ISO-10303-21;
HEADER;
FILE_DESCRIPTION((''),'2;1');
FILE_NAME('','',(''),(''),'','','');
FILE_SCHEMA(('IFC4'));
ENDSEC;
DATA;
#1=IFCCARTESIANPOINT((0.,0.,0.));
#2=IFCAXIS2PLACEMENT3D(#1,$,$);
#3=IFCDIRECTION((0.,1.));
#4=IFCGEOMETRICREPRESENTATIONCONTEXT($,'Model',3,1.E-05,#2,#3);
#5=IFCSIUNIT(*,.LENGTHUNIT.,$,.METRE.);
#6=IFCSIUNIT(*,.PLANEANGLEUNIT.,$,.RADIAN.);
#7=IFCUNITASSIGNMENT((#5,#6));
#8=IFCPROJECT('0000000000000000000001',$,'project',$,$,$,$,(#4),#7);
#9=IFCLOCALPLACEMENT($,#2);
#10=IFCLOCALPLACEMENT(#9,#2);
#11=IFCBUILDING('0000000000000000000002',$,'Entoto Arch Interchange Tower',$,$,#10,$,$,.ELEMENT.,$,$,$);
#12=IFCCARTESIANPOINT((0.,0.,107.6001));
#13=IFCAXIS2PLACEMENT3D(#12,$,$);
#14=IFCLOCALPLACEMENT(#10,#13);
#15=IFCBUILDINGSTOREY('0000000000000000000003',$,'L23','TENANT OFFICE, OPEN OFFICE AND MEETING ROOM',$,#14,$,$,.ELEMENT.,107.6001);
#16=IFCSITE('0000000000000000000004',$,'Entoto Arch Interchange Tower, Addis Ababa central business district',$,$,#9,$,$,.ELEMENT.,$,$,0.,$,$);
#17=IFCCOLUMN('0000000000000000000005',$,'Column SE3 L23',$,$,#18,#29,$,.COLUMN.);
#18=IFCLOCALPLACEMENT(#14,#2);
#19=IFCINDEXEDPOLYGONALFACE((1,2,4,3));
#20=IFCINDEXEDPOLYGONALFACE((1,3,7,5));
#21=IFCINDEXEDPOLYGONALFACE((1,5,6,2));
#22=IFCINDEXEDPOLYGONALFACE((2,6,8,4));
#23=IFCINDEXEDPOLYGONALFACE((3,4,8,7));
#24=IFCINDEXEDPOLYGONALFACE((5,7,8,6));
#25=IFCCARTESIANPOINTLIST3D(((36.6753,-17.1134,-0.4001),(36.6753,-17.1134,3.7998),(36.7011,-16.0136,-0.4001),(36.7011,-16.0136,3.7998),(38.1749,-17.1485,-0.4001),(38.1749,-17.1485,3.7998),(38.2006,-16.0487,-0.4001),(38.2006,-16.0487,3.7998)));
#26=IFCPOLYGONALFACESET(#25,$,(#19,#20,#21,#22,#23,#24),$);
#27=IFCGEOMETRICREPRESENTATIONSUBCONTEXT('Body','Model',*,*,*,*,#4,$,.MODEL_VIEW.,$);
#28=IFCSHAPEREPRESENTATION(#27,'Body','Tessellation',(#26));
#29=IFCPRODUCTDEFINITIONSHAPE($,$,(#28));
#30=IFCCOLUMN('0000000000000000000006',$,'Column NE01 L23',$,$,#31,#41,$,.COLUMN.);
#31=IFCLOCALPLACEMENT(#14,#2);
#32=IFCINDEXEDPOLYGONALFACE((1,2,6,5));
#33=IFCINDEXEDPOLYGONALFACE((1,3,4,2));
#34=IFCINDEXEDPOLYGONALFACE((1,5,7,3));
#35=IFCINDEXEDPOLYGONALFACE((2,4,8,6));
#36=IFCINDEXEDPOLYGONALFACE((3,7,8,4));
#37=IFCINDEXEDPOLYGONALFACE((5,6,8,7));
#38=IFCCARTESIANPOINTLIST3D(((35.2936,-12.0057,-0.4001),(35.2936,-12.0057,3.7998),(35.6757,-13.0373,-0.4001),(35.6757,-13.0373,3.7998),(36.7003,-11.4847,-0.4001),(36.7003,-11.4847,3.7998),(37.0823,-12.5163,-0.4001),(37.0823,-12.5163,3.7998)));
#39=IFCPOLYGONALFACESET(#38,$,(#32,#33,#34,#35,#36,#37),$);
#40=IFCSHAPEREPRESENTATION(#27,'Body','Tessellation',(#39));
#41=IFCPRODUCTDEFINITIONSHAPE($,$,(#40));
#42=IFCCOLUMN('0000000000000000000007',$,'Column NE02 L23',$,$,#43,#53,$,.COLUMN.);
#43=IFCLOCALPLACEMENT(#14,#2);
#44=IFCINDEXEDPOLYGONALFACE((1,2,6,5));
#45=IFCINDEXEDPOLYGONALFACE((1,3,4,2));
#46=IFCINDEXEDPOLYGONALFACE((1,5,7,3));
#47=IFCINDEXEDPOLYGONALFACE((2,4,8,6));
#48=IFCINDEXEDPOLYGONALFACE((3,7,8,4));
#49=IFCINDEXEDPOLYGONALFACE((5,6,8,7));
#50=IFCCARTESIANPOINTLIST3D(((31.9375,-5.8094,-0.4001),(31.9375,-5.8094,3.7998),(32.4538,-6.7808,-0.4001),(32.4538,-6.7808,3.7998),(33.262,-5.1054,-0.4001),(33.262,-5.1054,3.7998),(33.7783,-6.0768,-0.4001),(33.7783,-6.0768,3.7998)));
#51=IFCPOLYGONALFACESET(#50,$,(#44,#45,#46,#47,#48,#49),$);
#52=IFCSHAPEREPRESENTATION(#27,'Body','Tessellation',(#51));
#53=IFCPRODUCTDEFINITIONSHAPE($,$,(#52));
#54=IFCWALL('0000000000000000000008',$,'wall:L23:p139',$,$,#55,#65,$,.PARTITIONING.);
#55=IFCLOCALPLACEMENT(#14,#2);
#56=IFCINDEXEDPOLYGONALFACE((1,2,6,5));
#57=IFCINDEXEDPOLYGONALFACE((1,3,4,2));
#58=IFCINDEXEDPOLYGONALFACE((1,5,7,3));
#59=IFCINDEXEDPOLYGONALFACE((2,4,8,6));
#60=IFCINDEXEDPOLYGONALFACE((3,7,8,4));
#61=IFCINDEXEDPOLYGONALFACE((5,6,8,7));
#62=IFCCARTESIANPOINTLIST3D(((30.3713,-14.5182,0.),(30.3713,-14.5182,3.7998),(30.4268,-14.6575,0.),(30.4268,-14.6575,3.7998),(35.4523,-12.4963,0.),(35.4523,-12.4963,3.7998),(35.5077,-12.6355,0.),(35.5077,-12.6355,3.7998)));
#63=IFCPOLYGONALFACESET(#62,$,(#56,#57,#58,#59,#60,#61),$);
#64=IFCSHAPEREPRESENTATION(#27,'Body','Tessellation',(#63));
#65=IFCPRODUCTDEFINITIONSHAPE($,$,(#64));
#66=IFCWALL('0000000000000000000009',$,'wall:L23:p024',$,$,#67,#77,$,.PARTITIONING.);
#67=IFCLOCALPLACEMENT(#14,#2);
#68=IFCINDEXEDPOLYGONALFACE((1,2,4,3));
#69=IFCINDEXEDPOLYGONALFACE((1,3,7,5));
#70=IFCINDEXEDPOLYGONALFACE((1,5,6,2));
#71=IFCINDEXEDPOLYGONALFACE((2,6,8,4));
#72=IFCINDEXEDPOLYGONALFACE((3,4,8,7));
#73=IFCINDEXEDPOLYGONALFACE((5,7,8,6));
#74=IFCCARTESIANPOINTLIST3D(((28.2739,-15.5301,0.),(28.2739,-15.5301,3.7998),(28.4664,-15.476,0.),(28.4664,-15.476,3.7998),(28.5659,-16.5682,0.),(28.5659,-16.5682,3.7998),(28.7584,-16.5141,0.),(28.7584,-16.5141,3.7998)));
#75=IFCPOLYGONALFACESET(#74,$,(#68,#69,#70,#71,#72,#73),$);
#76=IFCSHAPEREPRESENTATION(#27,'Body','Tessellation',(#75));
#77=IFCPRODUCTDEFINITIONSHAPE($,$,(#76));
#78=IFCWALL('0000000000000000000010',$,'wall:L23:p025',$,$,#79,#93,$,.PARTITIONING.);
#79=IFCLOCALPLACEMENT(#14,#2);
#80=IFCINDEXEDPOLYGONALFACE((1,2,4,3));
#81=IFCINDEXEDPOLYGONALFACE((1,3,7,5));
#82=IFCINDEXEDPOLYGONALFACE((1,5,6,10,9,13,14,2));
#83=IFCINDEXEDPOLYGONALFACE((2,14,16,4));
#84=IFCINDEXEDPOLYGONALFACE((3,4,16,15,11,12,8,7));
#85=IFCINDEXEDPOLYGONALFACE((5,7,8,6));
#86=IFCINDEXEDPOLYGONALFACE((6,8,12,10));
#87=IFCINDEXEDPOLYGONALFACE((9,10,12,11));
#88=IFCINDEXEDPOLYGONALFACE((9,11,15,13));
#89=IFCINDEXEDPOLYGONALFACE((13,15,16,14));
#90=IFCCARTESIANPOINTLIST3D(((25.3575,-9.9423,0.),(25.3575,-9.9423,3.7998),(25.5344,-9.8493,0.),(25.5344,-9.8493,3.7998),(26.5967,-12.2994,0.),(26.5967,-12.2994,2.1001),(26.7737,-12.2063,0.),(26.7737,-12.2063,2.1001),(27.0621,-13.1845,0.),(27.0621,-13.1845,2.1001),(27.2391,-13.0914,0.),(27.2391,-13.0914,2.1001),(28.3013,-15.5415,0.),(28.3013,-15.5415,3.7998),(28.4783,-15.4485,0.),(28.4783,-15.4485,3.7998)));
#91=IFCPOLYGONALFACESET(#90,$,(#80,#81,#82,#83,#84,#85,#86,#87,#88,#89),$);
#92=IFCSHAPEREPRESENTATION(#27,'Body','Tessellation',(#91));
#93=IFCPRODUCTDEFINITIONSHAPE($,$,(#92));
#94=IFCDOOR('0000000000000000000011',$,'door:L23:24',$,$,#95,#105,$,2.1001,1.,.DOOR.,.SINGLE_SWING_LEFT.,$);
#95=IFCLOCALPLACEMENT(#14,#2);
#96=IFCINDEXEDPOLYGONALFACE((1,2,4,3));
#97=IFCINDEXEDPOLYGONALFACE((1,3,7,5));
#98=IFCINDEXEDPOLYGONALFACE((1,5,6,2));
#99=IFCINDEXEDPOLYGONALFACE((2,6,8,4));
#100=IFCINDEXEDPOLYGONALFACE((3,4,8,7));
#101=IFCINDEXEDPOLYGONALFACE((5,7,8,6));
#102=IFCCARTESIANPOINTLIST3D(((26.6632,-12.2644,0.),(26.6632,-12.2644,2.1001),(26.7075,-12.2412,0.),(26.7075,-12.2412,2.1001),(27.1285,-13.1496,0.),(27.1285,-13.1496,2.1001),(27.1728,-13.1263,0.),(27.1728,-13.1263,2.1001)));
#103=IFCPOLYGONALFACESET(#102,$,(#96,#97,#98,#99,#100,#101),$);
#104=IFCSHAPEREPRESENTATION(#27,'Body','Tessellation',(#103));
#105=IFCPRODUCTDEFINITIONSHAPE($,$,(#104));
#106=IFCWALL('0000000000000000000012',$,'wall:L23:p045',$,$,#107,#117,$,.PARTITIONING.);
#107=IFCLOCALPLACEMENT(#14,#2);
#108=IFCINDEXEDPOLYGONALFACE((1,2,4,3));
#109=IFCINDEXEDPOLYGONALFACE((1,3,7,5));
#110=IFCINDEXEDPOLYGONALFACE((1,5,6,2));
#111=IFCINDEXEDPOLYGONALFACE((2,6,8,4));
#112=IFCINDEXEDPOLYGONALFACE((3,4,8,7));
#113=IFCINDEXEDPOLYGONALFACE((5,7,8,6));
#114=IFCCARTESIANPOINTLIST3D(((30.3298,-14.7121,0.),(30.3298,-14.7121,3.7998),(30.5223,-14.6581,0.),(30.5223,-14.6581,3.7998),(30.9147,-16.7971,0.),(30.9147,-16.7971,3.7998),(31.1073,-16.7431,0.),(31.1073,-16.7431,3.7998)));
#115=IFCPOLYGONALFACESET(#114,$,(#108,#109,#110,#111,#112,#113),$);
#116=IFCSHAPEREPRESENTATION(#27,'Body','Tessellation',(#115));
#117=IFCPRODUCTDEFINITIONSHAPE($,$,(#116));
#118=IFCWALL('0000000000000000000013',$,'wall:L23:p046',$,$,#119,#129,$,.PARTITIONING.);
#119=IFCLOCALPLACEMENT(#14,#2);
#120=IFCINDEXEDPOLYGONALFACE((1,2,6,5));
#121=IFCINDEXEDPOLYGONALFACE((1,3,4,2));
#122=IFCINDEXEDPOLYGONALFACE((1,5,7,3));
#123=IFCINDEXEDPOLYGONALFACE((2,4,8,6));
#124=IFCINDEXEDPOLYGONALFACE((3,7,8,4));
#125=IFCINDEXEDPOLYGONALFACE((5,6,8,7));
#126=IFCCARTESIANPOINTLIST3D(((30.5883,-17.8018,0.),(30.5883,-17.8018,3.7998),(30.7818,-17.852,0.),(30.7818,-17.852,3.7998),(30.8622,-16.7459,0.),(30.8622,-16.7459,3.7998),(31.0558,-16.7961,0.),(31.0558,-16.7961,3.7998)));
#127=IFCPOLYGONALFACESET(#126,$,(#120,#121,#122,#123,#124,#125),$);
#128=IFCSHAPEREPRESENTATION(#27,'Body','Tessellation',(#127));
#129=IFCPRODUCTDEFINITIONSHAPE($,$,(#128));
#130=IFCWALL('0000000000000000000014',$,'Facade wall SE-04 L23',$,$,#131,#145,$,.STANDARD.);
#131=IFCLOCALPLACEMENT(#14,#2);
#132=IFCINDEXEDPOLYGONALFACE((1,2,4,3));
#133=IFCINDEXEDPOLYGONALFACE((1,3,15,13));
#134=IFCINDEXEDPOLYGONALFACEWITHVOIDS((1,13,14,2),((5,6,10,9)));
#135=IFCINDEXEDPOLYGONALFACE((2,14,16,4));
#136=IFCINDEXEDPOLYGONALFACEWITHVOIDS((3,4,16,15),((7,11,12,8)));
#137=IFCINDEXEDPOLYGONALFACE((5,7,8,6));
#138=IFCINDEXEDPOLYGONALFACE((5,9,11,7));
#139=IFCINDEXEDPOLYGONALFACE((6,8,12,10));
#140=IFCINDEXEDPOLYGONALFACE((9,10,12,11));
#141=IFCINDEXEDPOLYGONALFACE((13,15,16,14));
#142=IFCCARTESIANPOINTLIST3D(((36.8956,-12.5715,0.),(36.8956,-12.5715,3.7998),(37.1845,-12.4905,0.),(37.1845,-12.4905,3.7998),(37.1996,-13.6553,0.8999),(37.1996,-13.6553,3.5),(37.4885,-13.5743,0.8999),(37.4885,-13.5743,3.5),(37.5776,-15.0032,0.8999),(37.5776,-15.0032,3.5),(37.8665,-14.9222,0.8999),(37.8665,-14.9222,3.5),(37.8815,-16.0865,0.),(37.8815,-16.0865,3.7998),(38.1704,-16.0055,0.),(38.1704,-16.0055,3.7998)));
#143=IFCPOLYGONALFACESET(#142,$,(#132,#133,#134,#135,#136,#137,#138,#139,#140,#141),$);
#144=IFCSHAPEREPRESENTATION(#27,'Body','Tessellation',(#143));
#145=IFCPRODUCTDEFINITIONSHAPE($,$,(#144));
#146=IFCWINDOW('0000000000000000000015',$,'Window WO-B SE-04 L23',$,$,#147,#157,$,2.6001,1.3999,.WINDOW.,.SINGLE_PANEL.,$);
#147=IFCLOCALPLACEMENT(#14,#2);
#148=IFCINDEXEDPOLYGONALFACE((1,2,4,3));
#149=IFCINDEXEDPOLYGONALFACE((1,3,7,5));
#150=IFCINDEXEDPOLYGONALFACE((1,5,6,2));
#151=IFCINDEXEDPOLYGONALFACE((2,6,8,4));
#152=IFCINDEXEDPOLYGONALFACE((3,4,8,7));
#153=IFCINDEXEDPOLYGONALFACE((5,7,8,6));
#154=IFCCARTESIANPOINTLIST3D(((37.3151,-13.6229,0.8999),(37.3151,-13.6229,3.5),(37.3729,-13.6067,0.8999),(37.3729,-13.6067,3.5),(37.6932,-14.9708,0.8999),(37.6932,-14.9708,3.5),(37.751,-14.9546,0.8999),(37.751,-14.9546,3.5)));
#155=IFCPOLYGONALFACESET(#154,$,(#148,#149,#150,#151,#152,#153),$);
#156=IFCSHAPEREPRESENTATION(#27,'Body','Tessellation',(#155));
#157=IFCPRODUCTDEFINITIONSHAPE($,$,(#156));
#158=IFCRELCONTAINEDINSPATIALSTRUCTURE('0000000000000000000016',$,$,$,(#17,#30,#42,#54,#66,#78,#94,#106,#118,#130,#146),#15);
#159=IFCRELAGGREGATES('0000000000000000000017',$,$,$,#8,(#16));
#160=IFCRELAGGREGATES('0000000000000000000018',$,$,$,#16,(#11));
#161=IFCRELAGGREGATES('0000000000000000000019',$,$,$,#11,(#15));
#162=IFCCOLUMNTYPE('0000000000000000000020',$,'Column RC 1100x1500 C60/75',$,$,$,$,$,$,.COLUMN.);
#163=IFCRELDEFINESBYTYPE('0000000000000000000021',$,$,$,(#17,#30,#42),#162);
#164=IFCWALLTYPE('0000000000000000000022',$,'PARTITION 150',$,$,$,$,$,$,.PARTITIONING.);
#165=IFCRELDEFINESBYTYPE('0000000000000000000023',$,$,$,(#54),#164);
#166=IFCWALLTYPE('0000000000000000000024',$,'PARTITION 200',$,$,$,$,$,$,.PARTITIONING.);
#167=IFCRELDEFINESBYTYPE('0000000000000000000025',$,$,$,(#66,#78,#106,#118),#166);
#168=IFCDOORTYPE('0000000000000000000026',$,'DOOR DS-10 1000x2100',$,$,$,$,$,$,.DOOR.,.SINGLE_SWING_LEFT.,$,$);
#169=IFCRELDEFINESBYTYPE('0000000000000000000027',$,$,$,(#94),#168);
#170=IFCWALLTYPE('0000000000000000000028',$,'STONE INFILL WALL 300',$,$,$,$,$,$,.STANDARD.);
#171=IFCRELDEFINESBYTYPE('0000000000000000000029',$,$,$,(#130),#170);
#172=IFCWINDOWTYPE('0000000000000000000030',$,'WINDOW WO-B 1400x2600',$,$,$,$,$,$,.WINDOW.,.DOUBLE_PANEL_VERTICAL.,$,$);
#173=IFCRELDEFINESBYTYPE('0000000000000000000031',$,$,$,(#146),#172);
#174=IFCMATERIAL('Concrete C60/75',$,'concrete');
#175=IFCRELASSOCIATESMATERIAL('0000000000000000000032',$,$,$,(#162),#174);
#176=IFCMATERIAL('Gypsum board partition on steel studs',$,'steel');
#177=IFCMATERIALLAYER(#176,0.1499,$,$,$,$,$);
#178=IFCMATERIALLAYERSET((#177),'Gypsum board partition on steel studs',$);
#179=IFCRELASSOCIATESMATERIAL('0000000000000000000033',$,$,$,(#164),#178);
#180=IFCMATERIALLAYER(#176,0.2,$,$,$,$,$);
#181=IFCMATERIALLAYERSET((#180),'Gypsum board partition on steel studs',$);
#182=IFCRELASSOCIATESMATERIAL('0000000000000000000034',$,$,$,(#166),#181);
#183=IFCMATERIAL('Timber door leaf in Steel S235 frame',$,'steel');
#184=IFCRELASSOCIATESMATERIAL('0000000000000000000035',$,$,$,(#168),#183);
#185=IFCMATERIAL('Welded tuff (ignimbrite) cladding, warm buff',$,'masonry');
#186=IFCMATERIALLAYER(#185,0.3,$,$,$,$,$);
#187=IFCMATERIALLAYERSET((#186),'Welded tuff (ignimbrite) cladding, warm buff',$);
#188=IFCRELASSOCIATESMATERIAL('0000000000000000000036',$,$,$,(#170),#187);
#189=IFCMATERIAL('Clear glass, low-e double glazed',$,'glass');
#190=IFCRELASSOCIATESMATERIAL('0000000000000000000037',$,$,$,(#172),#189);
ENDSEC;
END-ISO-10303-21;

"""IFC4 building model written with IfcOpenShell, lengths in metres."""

from ifc_helpers import new_model, si_unit, direction, frame, frame_2d, origin, origin_2d, place, context, subcontext, project, spatial, rectangle, extrude, material, layer, layer_set, material_profile, profile_set, type_object, element, fill, save


model = new_model("IFC4")

# Units and contexts
model_context = context("Model", 3, precision=1e-05, world=origin(), true_north=direction((0.0, 1.0)))
body_context = subcontext(model_context, "Body", "Model", "MODEL_VIEW")
ifc_project = project(units=[si_unit("LENGTHUNIT", "METRE"), si_unit("PLANEANGLEUNIT", "RADIAN")], contexts=[model_context])

# Site, building, storey
site_placement = place(None, origin())
site = spatial("IfcSite", under=ifc_project, at=site_placement, Name="Entoto Arch Interchange Tower, Addis Ababa central business district", CompositionType="ELEMENT", RefElevation=0.0)
building_placement = place(site_placement, origin())
building = spatial("IfcBuilding", under=site, at=building_placement, Name="Entoto Arch Interchange Tower", CompositionType="ELEMENT")
storey_placement = place(building_placement, frame((0.0, 0.0, 107.6001)))
storey = spatial("IfcBuildingStorey", under=building, at=storey_placement, Name="L23", Description="TENANT OFFICE, OPEN OFFICE AND MEETING ROOM", CompositionType="ELEMENT", Elevation=107.6001)

# Columns
ifc_material_1 = material(Name="Concrete C60/75", Category="concrete")
ifc_material_profile = material_profile(ifc_material_1, rectangle(XDim=1.1001, YDim=1.5, at=origin_2d()))
ifc_profile_set = profile_set([ifc_material_profile], Name="Concrete C60/75")
column_type = type_object("IfcColumnType", Name="Column RC 1100x1500 C60/75", PredefinedType="COLUMN", material=ifc_profile_set)
for number, where, z_axis, x_axis, name in (
    (1, (37.438, -16.5811, -0.4001), (0.0, 0.0, 1.0), (0.023385, 0.999727, 0.0), "Column SE3 L23"),
    (2, (36.188, -12.261, -0.4001), (0.0, 0.0, 1.0), (-0.347312, 0.93775, 0.0), "Column NE01 L23"),
    (3, (32.8579, -5.9431, -0.4001), (0.0, 0.0, 1.0), (-0.469333, 0.883021, 0.0), "Column NE02 L23"),
):
    element("IfcColumn", number, at=place(storey_placement, frame(where, z_axis=z_axis, x_axis=x_axis)), inside=storey, type_object=column_type, Name=name, PredefinedType="COLUMN", context=body_context, shape_type="SweptSolid", body=[
        extrude(rectangle(XDim=1.1001, YDim=1.5, at=origin_2d()), origin(), (0.0, 0.0, 1.0), 4.2),
    ])

# Walls
ifc_material_2 = material(Name="Gypsum board partition on steel studs", Category="steel")
ifc_layer_1 = layer(ifc_material_2, 0.1499)
ifc_layer_set_1 = layer_set([ifc_layer_1], Name="Gypsum board partition on steel studs")
wall_type_1 = type_object("IfcWallType", Name="PARTITION 150", PredefinedType="PARTITIONING", material=ifc_layer_set_1)
wall_1_placement = place(storey_placement, frame((30.3989, -14.5879, 0.0), z_axis=(0.0, 0.0, 1.0), x_axis=(0.929134, 0.369743, 0.0)))
element("IfcWall", 4, at=wall_1_placement, inside=storey, type_object=wall_type_1, Name="wall:L23:p139", PredefinedType="PARTITIONING", context=body_context, shape_type="SweptSolid", body=[
    extrude(rectangle(XDim=5.4685, YDim=0.1499, at=frame_2d((2.7344, 0.0))), origin(), (0.0, 0.0, 1.0), 3.7998),
])
ifc_layer_2 = layer(ifc_material_2, 0.2)
ifc_layer_set_2 = layer_set([ifc_layer_2], Name="Gypsum board partition on steel studs")
wall_type_2 = type_object("IfcWallType", Name="PARTITION 200", PredefinedType="PARTITIONING", material=ifc_layer_set_2)
wall_2_placement = place(storey_placement, frame((28.6621, -16.541, 0.0), z_axis=(0.0, 0.0, 1.0), x_axis=(-0.270772, 0.962644, 0.0)))
element("IfcWall", 5, at=wall_2_placement, inside=storey, type_object=wall_type_2, Name="wall:L23:p024", PredefinedType="PARTITIONING", context=body_context, shape_type="SweptSolid", body=[
    extrude(rectangle(XDim=1.0784, YDim=0.2, at=frame_2d((0.5391, 0.0))), origin(), (0.0, 0.0, 1.0), 3.7998),
])

# Wall, opening, door
wall_3_placement = place(storey_placement, frame((28.3899, -15.4951, 0.0), z_axis=(0.0, 0.0, 1.0), x_axis=(-0.465368, 0.885117, 0.0)))
wall_3 = element("IfcWall", 6, at=wall_3_placement, inside=storey, type_object=wall_type_2, Name="wall:L23:p025", PredefinedType="PARTITIONING", context=body_context, shape_type="SweptSolid", body=[
    extrude(rectangle(XDim=6.3259, YDim=0.2, at=frame_2d((3.1631, 0.0))), origin(), (0.0, 0.0, 1.0), 3.7998),
])
opening_1_placement = place(wall_3_placement, frame((2.6631, 0.0, 0.0)))
opening_1 = element("IfcOpeningElement", 7, at=opening_1_placement, cuts=wall_3, PredefinedType="OPENING", context=body_context, shape_type="SweptSolid", body=[
    extrude(rectangle(XDim=1.0, YDim=2.1001, at=frame_2d((0.5, 1.05))), frame((0.0, 0.1099, 0.0), z_axis=(0.0, -1.0, 0.0), x_axis=(1.0, 0.0, 0.0)), (0.0, 0.0, 1.0), 0.22),
])
ifc_material_3 = material(Name="Timber door leaf in Steel S235 frame", Category="steel")
door_type = type_object("IfcDoorType", Name="DOOR DS-10 1000x2100", OperationType="SINGLE_SWING_LEFT", PredefinedType="DOOR", material=ifc_material_3)
door_placement = place(opening_1_placement, origin())
door = element("IfcDoor", 8, at=door_placement, inside=storey, type_object=door_type, Name="door:L23:24", OperationType="SINGLE_SWING_LEFT", OverallHeight=2.1001, OverallWidth=1.0, PredefinedType="DOOR", context=body_context, shape_type="SweptSolid", body=[
    extrude(rectangle(XDim=1.0, YDim=2.1001, at=frame_2d((0.5, 1.05))), frame((0.0, 0.0249, 0.0), z_axis=(0.0, -1.0, 0.0), x_axis=(1.0, 0.0, 0.0)), (0.0, 0.0, 1.0), 0.05),
])
fill(opening_1, door)

# Walls
wall_4_placement = place(storey_placement, frame((30.426, -14.6851, 0.0), z_axis=(0.0, 0.0, 1.0), x_axis=(0.270132, -0.962823, 0.0)))
element("IfcWall", 9, at=wall_4_placement, inside=storey, type_object=wall_type_2, Name="wall:L23:p045", PredefinedType="PARTITIONING", context=body_context, shape_type="SweptSolid", body=[
    extrude(rectangle(XDim=2.1655, YDim=0.2, at=frame_2d((1.0828, 0.0))), origin(), (0.0, 0.0, 1.0), 3.7998),
])
wall_5_placement = place(storey_placement, frame((30.959, -16.771, 0.0), z_axis=(0.0, 0.0, 1.0), x_axis=(-0.25111, -0.967959, 0.0)))
element("IfcWall", 10, at=wall_5_placement, inside=storey, type_object=wall_type_2, Name="wall:L23:p046", PredefinedType="PARTITIONING", context=body_context, shape_type="SweptSolid", body=[
    extrude(rectangle(XDim=1.0908, YDim=0.2, at=frame_2d((0.5454, 0.0))), origin(), (0.0, 0.0, 1.0), 3.7998),
])

# Wall, opening, window
ifc_material_4 = material(Name="Welded tuff (ignimbrite) cladding, warm buff", Category="masonry")
ifc_layer_3 = layer(ifc_material_4, 0.3)
ifc_layer_set_3 = layer_set([ifc_layer_3], Name="Welded tuff (ignimbrite) cladding, warm buff")
wall_type_3 = type_object("IfcWallType", Name="STONE INFILL WALL 300", PredefinedType="STANDARD", material=ifc_layer_set_3)
wall_6_placement = place(storey_placement, frame((38.0259, -16.0459, 0.0), z_axis=(0.0, 0.0, 1.0), x_axis=(-0.270054, 0.962845, 0.0)))
wall_6 = element("IfcWall", 11, at=wall_6_placement, inside=storey, type_object=wall_type_3, Name="Facade wall SE-04 L23", PredefinedType="STANDARD", context=body_context, shape_type="SweptSolid", body=[
    extrude(rectangle(XDim=3.6506, YDim=0.3, at=frame_2d((1.8252, 0.0))), origin(), (0.0, 0.0, 1.0), 3.7998),
])
opening_2_placement = place(wall_6_placement, frame((1.125, 0.0, 0.8999)))
opening_2 = element("IfcOpeningElement", 12, at=opening_2_placement, cuts=wall_6, PredefinedType="OPENING", context=body_context, shape_type="SweptSolid", body=[
    extrude(rectangle(XDim=1.3999, YDim=2.6001, at=frame_2d((0.7, 1.3))), frame((0.0, 0.1602, 0.0), z_axis=(0.0, -1.0, 0.0), x_axis=(1.0, 0.0, 0.0)), (0.0, 0.0, 1.0), 0.3201),
])
ifc_material_5 = material(Name="Clear glass, low-e double glazed", Category="glass")
window_type_1 = type_object("IfcWindowType", Name="WINDOW WO-B 1400x2600", PartitioningType="DOUBLE_PANEL_VERTICAL", PredefinedType="WINDOW", material=ifc_material_5)
window_1_placement = place(opening_2_placement, origin())
window_1 = element("IfcWindow", 13, at=window_1_placement, inside=storey, type_object=window_type_1, Name="Window WO-B SE-04 L23", OverallHeight=2.6001, OverallWidth=1.3999, PartitioningType="SINGLE_PANEL", PredefinedType="WINDOW", context=body_context, shape_type="SweptSolid", body=[
    extrude(rectangle(XDim=1.3999, YDim=2.6001, at=frame_2d((0.7, 1.3))), frame((0.0, 0.03, 0.0), z_axis=(0.0, -1.0, 0.0), x_axis=(1.0, 0.0, 0.0)), (0.0, 0.0, 1.0), 0.0601),
])
fill(opening_2, window_1)

save(model, "model.ifc")
